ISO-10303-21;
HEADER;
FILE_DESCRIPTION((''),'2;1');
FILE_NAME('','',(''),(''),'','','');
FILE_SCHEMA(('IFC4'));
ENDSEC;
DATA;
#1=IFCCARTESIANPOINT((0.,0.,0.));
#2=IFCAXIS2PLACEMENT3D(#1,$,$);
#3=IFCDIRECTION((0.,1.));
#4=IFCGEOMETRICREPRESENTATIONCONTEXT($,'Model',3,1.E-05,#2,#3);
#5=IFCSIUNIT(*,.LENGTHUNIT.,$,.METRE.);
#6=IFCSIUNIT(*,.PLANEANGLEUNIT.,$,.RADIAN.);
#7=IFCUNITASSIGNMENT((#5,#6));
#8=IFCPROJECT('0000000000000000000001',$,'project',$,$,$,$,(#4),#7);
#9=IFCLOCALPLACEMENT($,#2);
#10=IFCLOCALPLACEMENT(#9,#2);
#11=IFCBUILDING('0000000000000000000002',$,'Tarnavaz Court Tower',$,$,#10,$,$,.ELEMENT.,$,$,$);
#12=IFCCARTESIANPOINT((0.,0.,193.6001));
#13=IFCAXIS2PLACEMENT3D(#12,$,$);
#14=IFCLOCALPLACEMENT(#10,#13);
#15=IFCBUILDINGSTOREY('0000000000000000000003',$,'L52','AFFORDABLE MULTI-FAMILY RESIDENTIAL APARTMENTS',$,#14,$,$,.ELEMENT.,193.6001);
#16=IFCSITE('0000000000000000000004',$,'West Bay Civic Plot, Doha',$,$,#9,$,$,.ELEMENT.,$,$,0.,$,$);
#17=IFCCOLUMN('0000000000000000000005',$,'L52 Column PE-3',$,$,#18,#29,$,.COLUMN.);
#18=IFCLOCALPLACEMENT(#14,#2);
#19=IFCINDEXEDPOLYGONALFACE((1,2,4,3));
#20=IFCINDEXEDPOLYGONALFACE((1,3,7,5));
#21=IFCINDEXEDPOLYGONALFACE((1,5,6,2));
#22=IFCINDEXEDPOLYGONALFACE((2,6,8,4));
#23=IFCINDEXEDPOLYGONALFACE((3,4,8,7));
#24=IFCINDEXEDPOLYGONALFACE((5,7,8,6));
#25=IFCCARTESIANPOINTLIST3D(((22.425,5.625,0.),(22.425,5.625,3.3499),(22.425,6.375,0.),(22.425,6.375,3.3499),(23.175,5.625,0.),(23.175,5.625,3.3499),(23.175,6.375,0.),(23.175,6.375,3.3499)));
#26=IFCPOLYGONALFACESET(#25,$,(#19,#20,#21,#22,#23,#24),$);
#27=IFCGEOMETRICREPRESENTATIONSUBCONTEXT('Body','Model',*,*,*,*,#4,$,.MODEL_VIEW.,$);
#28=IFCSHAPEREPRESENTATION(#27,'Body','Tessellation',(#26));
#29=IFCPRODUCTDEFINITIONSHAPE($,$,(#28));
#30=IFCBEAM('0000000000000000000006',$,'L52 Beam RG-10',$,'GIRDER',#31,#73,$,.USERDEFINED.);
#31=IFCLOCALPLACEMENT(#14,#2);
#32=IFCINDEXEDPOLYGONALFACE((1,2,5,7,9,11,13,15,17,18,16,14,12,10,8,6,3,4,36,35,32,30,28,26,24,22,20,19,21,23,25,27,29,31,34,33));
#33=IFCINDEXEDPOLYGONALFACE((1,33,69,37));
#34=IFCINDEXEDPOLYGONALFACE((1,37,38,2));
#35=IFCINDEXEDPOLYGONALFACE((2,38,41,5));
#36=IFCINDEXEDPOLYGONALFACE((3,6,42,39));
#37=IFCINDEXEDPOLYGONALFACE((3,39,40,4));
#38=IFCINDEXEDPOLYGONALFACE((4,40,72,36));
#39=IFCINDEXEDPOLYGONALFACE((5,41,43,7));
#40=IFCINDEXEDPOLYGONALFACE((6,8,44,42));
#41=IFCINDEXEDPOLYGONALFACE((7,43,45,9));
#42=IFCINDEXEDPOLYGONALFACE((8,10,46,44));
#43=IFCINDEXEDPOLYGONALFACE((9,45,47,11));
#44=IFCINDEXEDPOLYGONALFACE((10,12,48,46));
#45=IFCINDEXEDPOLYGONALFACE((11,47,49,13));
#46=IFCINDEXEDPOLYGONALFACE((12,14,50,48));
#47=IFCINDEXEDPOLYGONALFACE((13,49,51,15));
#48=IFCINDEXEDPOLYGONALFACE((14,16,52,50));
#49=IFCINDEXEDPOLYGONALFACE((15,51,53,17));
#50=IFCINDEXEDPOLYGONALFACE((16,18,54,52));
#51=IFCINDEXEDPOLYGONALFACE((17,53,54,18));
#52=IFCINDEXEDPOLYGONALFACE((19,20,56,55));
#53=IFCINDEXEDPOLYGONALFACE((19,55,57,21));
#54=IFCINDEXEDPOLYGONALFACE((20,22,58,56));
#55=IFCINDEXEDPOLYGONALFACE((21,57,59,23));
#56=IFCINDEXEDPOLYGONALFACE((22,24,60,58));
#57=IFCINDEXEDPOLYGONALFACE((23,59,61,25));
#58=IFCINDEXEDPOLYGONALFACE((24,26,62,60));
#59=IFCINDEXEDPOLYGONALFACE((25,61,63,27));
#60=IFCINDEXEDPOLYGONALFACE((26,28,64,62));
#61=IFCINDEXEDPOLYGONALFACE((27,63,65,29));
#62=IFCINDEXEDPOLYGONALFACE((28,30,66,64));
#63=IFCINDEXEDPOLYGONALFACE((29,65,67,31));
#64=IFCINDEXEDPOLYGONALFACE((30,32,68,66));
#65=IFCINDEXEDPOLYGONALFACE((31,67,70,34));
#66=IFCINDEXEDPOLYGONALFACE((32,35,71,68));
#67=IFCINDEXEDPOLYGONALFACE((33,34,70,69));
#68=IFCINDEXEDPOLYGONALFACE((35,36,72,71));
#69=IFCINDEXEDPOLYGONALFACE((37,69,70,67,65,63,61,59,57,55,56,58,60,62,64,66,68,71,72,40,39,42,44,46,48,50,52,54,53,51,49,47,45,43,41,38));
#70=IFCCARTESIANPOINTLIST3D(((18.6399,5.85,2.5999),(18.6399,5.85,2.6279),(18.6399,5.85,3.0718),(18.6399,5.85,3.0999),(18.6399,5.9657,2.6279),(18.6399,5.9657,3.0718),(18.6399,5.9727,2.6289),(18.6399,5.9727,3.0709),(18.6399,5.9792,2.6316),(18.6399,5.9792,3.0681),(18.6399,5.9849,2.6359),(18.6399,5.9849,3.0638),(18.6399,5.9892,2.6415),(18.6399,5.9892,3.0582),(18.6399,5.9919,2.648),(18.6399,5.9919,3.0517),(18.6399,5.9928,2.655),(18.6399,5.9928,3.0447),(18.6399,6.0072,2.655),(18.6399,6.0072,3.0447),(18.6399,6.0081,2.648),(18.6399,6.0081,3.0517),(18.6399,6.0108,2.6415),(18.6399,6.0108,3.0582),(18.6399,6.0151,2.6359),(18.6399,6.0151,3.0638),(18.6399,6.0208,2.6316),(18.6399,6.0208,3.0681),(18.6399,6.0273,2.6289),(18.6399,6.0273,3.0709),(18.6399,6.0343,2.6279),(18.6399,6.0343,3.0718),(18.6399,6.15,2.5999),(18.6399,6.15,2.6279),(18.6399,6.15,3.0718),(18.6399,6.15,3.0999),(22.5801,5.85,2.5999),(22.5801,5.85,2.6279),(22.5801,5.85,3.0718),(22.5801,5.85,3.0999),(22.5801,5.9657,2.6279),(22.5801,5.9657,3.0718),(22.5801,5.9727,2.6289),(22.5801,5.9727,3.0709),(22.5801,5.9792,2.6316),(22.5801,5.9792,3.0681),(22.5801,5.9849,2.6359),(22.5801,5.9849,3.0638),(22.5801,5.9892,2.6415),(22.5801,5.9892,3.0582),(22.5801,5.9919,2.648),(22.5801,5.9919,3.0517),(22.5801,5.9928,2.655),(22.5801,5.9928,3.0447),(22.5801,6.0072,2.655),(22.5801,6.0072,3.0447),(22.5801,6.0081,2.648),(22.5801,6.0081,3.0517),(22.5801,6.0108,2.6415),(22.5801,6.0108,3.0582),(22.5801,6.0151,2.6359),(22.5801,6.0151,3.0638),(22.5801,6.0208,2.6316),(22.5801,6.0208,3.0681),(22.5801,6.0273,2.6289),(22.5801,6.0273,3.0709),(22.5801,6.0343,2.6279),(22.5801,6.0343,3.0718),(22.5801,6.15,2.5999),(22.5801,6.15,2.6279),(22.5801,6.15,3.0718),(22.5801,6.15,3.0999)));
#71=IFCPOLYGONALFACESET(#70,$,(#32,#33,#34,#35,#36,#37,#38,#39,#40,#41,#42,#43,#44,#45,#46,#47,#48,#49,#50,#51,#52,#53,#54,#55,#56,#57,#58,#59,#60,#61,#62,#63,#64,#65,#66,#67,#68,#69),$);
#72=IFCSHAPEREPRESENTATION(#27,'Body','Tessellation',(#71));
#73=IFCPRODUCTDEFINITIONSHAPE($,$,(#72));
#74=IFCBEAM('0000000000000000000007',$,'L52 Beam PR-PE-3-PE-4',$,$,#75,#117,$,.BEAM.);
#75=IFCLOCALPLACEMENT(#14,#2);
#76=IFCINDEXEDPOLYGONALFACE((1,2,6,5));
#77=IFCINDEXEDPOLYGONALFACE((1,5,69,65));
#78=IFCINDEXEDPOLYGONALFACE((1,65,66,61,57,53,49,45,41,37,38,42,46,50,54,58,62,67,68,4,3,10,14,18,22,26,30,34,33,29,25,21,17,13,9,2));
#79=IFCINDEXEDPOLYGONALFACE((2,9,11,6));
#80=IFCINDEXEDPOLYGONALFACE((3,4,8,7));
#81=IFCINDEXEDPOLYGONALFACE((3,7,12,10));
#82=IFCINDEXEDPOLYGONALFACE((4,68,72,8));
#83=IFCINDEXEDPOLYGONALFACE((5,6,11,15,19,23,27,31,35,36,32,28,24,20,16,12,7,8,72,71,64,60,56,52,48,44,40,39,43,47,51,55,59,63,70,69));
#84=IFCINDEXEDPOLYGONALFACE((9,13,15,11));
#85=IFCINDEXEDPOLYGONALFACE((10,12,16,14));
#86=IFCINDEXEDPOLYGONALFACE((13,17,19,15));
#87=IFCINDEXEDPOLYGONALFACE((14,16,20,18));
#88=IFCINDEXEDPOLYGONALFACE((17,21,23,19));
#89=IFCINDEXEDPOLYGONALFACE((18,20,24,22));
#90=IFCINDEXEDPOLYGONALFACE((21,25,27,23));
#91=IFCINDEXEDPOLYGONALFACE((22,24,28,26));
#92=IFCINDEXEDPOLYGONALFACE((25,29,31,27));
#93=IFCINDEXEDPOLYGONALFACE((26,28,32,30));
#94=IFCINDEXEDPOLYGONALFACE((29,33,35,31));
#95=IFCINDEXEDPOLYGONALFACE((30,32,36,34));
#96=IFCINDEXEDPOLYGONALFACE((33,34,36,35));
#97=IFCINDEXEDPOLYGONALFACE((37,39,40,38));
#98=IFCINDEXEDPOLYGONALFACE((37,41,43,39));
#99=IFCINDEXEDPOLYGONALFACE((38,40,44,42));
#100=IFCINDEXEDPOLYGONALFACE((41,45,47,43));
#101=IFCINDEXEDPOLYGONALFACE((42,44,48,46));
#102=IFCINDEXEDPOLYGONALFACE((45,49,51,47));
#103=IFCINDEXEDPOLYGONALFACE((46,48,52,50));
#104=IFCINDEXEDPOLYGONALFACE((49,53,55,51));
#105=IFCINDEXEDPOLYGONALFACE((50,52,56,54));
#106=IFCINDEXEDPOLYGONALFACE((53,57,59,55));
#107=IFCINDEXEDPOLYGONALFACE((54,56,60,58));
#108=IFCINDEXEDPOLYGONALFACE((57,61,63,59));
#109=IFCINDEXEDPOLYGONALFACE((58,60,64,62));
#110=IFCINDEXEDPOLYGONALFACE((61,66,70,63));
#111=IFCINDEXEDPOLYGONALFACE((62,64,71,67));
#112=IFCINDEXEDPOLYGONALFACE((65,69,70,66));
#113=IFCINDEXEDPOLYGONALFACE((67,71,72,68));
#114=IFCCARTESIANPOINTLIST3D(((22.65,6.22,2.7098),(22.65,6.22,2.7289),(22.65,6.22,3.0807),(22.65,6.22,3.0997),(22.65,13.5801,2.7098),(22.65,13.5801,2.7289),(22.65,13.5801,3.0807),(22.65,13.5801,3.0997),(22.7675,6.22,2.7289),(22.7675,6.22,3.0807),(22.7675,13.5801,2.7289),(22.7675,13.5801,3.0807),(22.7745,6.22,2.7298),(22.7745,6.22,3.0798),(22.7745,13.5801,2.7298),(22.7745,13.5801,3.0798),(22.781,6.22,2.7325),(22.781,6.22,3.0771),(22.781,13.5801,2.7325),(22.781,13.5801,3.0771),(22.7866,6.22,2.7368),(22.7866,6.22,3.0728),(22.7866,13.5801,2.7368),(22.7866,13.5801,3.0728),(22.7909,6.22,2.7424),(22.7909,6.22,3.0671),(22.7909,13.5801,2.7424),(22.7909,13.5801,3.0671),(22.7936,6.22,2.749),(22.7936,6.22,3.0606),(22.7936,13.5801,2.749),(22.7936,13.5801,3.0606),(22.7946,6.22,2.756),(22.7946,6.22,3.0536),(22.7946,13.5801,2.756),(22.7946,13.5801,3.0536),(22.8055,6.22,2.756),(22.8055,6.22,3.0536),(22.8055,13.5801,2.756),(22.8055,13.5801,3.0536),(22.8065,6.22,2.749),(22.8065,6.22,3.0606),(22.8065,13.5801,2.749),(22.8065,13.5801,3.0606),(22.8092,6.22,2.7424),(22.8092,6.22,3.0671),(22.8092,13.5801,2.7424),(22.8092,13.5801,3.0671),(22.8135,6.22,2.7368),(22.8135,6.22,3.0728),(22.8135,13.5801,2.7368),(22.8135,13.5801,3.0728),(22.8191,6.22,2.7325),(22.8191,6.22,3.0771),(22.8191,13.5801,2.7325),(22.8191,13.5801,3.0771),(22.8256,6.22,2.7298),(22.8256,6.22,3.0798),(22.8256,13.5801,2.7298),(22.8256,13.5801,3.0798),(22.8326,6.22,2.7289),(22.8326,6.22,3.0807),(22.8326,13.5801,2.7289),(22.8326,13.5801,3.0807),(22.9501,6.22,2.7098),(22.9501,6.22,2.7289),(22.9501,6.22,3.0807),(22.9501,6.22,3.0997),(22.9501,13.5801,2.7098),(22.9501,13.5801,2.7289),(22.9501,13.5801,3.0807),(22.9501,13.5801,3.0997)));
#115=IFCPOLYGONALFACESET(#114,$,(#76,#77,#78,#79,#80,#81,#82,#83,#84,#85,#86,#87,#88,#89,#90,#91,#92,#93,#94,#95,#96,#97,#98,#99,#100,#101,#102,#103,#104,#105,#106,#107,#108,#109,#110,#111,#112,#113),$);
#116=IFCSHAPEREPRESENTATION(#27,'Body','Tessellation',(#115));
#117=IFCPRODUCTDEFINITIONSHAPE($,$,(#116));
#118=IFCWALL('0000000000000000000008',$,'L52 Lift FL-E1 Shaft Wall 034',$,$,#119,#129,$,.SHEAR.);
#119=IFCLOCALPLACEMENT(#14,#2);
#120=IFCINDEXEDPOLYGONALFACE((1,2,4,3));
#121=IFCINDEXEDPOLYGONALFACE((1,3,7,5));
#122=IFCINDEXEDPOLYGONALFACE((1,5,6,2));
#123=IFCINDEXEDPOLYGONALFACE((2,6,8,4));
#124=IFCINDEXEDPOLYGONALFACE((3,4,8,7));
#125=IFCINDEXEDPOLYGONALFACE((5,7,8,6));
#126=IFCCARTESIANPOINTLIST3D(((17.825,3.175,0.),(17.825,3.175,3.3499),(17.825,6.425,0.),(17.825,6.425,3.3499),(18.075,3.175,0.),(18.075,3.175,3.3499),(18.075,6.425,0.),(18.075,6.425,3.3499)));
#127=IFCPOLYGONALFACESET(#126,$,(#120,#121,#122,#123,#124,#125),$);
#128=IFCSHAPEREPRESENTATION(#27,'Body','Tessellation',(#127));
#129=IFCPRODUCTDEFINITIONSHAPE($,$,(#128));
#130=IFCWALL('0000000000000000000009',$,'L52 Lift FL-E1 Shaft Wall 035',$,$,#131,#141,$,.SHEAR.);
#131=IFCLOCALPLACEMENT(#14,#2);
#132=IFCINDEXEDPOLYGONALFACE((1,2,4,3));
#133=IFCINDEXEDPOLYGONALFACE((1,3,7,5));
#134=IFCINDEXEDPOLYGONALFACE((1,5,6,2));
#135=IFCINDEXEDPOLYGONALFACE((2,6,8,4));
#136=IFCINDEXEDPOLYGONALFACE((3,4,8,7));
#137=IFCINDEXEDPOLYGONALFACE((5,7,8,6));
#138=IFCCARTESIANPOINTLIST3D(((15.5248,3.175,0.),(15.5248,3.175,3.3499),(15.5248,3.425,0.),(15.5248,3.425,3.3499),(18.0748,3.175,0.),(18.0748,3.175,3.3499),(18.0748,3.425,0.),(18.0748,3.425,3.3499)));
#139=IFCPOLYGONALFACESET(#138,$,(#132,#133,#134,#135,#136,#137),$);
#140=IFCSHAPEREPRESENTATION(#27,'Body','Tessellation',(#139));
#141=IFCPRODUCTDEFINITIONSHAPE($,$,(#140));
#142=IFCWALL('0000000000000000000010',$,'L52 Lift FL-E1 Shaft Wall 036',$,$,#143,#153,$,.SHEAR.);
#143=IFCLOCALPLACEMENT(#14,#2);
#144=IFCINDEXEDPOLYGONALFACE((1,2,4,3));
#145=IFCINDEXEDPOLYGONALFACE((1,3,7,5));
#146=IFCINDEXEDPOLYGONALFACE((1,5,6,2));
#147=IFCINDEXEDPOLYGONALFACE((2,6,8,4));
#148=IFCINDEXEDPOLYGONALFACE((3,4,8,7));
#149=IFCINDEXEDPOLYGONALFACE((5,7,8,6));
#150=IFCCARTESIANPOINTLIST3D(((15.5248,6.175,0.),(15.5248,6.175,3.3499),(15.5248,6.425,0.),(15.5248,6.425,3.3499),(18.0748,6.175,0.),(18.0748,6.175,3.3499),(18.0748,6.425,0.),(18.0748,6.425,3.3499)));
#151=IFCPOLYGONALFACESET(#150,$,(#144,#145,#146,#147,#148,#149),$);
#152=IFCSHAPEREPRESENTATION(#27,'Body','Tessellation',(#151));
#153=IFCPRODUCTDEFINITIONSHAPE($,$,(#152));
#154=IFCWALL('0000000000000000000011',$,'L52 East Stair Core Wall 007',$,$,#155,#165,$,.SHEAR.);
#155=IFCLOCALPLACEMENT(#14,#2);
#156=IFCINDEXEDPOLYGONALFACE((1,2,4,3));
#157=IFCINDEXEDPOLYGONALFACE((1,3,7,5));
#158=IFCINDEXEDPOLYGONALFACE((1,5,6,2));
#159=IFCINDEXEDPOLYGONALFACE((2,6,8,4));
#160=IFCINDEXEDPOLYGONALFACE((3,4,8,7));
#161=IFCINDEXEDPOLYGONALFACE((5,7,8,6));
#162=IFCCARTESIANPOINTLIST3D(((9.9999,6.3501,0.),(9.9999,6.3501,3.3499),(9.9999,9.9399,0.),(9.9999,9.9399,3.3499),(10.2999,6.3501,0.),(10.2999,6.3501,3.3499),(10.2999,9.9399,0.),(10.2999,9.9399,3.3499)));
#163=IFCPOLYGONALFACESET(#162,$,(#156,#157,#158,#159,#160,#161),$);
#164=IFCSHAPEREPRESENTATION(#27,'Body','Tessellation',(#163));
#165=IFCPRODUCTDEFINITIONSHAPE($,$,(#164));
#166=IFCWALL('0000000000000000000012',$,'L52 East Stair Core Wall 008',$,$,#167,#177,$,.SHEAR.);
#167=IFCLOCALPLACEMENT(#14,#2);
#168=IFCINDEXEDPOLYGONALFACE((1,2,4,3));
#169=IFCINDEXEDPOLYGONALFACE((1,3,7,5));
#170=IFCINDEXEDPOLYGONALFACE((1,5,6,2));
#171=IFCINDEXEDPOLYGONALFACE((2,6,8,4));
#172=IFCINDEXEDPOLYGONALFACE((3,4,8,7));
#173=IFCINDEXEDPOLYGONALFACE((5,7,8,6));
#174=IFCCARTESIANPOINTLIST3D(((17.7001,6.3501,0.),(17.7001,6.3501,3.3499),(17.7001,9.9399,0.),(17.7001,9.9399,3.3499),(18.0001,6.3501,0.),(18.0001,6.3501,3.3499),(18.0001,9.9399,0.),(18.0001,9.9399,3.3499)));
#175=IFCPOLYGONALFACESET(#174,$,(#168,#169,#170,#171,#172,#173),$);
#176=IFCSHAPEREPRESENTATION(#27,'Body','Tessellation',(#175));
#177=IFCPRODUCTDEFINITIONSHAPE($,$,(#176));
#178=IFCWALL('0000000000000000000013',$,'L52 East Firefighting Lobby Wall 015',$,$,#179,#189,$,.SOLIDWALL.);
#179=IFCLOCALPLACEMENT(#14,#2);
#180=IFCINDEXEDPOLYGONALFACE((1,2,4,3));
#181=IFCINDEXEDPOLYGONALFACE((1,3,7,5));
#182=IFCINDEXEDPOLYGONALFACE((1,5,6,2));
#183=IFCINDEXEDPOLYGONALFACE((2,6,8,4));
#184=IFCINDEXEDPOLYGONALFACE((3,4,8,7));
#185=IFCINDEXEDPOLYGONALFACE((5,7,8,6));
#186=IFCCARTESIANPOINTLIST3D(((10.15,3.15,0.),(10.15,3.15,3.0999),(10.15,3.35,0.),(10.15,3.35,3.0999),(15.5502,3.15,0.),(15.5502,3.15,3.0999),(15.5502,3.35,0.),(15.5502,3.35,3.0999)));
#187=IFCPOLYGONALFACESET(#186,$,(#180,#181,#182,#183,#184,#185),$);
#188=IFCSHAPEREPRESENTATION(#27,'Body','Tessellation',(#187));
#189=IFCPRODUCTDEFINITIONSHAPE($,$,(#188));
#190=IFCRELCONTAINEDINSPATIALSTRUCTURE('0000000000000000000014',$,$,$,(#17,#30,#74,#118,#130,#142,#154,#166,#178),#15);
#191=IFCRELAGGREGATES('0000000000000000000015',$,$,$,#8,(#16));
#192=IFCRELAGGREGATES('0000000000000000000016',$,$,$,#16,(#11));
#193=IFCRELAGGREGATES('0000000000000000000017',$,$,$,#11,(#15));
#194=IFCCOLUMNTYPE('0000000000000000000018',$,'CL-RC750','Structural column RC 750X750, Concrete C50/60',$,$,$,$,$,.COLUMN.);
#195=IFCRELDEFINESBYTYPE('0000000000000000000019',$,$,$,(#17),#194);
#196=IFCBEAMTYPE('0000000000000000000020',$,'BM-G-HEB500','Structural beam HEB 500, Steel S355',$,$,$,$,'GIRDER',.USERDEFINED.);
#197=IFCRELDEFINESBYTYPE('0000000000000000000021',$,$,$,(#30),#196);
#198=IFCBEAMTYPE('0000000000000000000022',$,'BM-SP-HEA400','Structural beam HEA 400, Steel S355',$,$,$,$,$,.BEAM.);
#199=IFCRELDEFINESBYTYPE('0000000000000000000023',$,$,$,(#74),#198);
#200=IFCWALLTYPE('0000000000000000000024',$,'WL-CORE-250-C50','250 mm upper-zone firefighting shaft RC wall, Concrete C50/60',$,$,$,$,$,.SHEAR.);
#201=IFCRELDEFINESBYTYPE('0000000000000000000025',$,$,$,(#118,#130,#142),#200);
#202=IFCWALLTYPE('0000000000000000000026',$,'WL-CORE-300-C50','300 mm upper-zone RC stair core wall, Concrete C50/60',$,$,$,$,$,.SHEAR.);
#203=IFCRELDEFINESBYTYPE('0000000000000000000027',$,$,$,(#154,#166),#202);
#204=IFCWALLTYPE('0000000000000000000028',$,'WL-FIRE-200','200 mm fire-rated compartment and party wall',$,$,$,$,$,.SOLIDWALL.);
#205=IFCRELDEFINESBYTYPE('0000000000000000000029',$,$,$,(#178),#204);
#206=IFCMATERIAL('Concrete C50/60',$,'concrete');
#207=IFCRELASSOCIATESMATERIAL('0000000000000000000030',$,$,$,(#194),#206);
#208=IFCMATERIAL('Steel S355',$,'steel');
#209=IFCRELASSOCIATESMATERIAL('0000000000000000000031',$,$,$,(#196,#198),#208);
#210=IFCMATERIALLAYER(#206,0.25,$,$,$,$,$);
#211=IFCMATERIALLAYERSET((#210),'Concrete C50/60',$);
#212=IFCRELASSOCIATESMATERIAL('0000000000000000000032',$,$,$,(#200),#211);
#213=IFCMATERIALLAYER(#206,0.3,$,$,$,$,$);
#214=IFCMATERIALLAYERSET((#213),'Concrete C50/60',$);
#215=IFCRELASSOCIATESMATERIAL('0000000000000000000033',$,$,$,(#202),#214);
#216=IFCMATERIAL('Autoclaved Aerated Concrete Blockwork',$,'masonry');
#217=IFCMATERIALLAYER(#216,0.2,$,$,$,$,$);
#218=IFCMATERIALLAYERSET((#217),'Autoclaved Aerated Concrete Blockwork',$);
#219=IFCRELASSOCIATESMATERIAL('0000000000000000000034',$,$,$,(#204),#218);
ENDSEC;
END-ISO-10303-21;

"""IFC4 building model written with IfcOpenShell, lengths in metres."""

from ifc_helpers import new_model, si_unit, direction, frame, frame_2d, origin, origin_2d, place, context, subcontext, project, spatial, rectangle, i_section, extrude, material, layer, layer_set, material_profile, profile_set, type_object, element, save


model = new_model("IFC4")

# Units and contexts
model_context = context("Model", 3, precision=1e-05, world=origin(), true_north=direction((0.0, 1.0)))
body_context = subcontext(model_context, "Body", "Model", "MODEL_VIEW")
ifc_project = project(units=[si_unit("LENGTHUNIT", "METRE"), si_unit("PLANEANGLEUNIT", "RADIAN")], contexts=[model_context])

# Site, building, storey
site_placement = place(None, origin())
site = spatial("IfcSite", under=ifc_project, at=site_placement, Name="West Bay Civic Plot, Doha", CompositionType="ELEMENT", RefElevation=0.0)
building_placement = place(site_placement, origin())
building = spatial("IfcBuilding", under=site, at=building_placement, Name="Tarnavaz Court Tower", CompositionType="ELEMENT")
storey_placement = place(building_placement, frame((0.0, 0.0, 193.6001)))
storey = spatial("IfcBuildingStorey", under=building, at=storey_placement, Name="L52", Description="AFFORDABLE MULTI-FAMILY RESIDENTIAL APARTMENTS", CompositionType="ELEMENT", Elevation=193.6001)

# Column
ifc_material_1 = material(Name="Concrete C50/60", Category="concrete")
ifc_material_profile_1 = material_profile(ifc_material_1, rectangle(XDim=0.75, YDim=0.75, at=origin_2d()), Name="RC 750X750")
ifc_profile_set_1 = profile_set([ifc_material_profile_1], Name="Concrete C50/60")
column_type = type_object("IfcColumnType", Name="CL-RC750", Description="Structural column RC 750X750, Concrete C50/60", PredefinedType="COLUMN", material=ifc_profile_set_1)
column_placement = place(storey_placement, frame((22.8, 6.0, 0.0), z_axis=(0.0, 0.0, 1.0), x_axis=(1.0, 0.0, 0.0)))
element("IfcColumn", 1, at=column_placement, inside=storey, type_object=column_type, Name="L52 Column PE-3", PredefinedType="COLUMN", context=body_context, shape_type="SweptSolid", body=[
    extrude(rectangle(XDim=0.75, YDim=0.75, at=origin_2d()), origin(), (0.0, 0.0, 1.0), 3.3499),
])

# Beams
ifc_material_2 = material(Name="Steel S355", Category="steel")
ifc_material_profile_2 = material_profile(ifc_material_2, i_section(OverallWidth=0.3, OverallDepth=0.5, WebThickness=0.0144, FlangeThickness=0.0281, FilletRadius=0.0271, at=origin_2d()), Name="HEB 500")
ifc_profile_set_2 = profile_set([ifc_material_profile_2], Name="Steel S355")
beam_type_1 = type_object("IfcBeamType", Name="BM-G-HEB500", Description="Structural beam HEB 500, Steel S355", ElementType="GIRDER", PredefinedType="USERDEFINED", material=ifc_profile_set_2)
beam_1_placement = place(storey_placement, frame((18.6399, 6.0, 2.8499), z_axis=(1.0, 0.0, 0.0), x_axis=(0.0, 1.0, 0.0)))
element("IfcBeam", 2, at=beam_1_placement, inside=storey, type_object=beam_type_1, Name="L52 Beam RG-10", ObjectType="GIRDER", PredefinedType="USERDEFINED", context=body_context, shape_type="SweptSolid", body=[
    extrude(i_section(OverallWidth=0.3, OverallDepth=0.5, WebThickness=0.0144, FlangeThickness=0.0281, FilletRadius=0.0271, at=origin_2d()), origin(), (0.0, 0.0, 1.0), 3.9402),
])
ifc_material_profile_3 = material_profile(ifc_material_2, i_section(OverallWidth=0.3, OverallDepth=0.3899, WebThickness=0.011, FlangeThickness=0.019, FilletRadius=0.0271, at=origin_2d()), Name="HEA 400")
ifc_profile_set_3 = profile_set([ifc_material_profile_3], Name="Steel S355")
beam_type_2 = type_object("IfcBeamType", Name="BM-SP-HEA400", Description="Structural beam HEA 400, Steel S355", PredefinedType="BEAM", material=ifc_profile_set_3)
beam_2_placement = place(storey_placement, frame((22.8, 6.22, 2.9048), z_axis=(0.0, 1.0, 0.0), x_axis=(-1.0, 0.0, 0.0)))
element("IfcBeam", 3, at=beam_2_placement, inside=storey, type_object=beam_type_2, Name="L52 Beam PR-PE-3-PE-4", PredefinedType="BEAM", context=body_context, shape_type="SweptSolid", body=[
    extrude(i_section(OverallWidth=0.3, OverallDepth=0.3899, WebThickness=0.011, FlangeThickness=0.019, FilletRadius=0.0271, at=origin_2d()), origin(), (0.0, 0.0, 1.0), 7.3601),
])

# Shared definitions
ifc_layer_1 = layer(ifc_material_1, 0.25)
ifc_layer_set_1 = layer_set([ifc_layer_1], Name="Concrete C50/60")
wall_type_1 = type_object("IfcWallType", Name="WL-CORE-250-C50", Description="250 mm upper-zone firefighting shaft RC wall, Concrete C50/60", PredefinedType="SHEAR", material=ifc_layer_set_1)

# Walls
wall_1_placement = place(storey_placement, frame((17.95, 3.175, 0.0), z_axis=(0.0, 0.0, 1.0), x_axis=(0.0, 1.0, 0.0)))
element("IfcWall", 4, at=wall_1_placement, inside=storey, type_object=wall_type_1, Name="L52 Lift FL-E1 Shaft Wall 034", PredefinedType="SHEAR", context=body_context, shape_type="SweptSolid", body=[
    extrude(rectangle(XDim=3.25, YDim=0.25, at=frame_2d((1.625, 0.0))), origin(), (0.0, 0.0, 1.0), 3.3499),
])
for number, where, z_axis, x_axis, name in (
    (5, (15.5249, 3.3, 0.0), (0.0, 0.0, 1.0), (1.0, 0.0, 0.0), "L52 Lift FL-E1 Shaft Wall 035"),
    (6, (15.5249, 6.3, 0.0), (0.0, 0.0, 1.0), (1.0, 0.0, 0.0), "L52 Lift FL-E1 Shaft Wall 036"),
):
    element("IfcWall", number, at=place(storey_placement, frame(where, z_axis=z_axis, x_axis=x_axis)), inside=storey, type_object=wall_type_1, Name=name, PredefinedType="SHEAR", context=body_context, shape_type="SweptSolid", body=[
        extrude(rectangle(XDim=2.55, YDim=0.25, at=frame_2d((1.2749, 0.0))), origin(), (0.0, 0.0, 1.0), 3.3499),
    ])
ifc_layer_2 = layer(ifc_material_1, 0.3)
ifc_layer_set_2 = layer_set([ifc_layer_2], Name="Concrete C50/60")
wall_type_2 = type_object("IfcWallType", Name="WL-CORE-300-C50", Description="300 mm upper-zone RC stair core wall, Concrete C50/60", PredefinedType="SHEAR", material=ifc_layer_set_2)
for number, where, z_axis, x_axis, name in (
    (7, (10.1499, 6.3501, 0.0), (0.0, 0.0, 1.0), (0.0, 1.0, 0.0), "L52 East Stair Core Wall 007"),
    (8, (17.8501, 6.3501, 0.0), (0.0, 0.0, 1.0), (0.0, 1.0, 0.0), "L52 East Stair Core Wall 008"),
):
    element("IfcWall", number, at=place(storey_placement, frame(where, z_axis=z_axis, x_axis=x_axis)), inside=storey, type_object=wall_type_2, Name=name, PredefinedType="SHEAR", context=body_context, shape_type="SweptSolid", body=[
        extrude(rectangle(XDim=3.5898, YDim=0.3, at=frame_2d((1.7949, 0.0))), origin(), (0.0, 0.0, 1.0), 3.3499),
    ])
ifc_material_3 = material(Name="Autoclaved Aerated Concrete Blockwork", Category="masonry")
ifc_layer_3 = layer(ifc_material_3, 0.2)
ifc_layer_set_3 = layer_set([ifc_layer_3], Name="Autoclaved Aerated Concrete Blockwork")
wall_type_3 = type_object("IfcWallType", Name="WL-FIRE-200", Description="200 mm fire-rated compartment and party wall", PredefinedType="SOLIDWALL", material=ifc_layer_set_3)
wall_2_placement = place(storey_placement, frame((10.1499, 3.25, 0.0), z_axis=(0.0, 0.0, 1.0), x_axis=(1.0, 0.0, 0.0)))
element("IfcWall", 9, at=wall_2_placement, inside=storey, type_object=wall_type_3, Name="L52 East Firefighting Lobby Wall 015", PredefinedType="SOLIDWALL", context=body_context, shape_type="SweptSolid", body=[
    extrude(rectangle(XDim=5.4001, YDim=0.2, at=frame_2d((2.7002, 0.0))), origin(), (0.0, 0.0, 1.0), 3.0999),
])

save(model, "model.ifc")
